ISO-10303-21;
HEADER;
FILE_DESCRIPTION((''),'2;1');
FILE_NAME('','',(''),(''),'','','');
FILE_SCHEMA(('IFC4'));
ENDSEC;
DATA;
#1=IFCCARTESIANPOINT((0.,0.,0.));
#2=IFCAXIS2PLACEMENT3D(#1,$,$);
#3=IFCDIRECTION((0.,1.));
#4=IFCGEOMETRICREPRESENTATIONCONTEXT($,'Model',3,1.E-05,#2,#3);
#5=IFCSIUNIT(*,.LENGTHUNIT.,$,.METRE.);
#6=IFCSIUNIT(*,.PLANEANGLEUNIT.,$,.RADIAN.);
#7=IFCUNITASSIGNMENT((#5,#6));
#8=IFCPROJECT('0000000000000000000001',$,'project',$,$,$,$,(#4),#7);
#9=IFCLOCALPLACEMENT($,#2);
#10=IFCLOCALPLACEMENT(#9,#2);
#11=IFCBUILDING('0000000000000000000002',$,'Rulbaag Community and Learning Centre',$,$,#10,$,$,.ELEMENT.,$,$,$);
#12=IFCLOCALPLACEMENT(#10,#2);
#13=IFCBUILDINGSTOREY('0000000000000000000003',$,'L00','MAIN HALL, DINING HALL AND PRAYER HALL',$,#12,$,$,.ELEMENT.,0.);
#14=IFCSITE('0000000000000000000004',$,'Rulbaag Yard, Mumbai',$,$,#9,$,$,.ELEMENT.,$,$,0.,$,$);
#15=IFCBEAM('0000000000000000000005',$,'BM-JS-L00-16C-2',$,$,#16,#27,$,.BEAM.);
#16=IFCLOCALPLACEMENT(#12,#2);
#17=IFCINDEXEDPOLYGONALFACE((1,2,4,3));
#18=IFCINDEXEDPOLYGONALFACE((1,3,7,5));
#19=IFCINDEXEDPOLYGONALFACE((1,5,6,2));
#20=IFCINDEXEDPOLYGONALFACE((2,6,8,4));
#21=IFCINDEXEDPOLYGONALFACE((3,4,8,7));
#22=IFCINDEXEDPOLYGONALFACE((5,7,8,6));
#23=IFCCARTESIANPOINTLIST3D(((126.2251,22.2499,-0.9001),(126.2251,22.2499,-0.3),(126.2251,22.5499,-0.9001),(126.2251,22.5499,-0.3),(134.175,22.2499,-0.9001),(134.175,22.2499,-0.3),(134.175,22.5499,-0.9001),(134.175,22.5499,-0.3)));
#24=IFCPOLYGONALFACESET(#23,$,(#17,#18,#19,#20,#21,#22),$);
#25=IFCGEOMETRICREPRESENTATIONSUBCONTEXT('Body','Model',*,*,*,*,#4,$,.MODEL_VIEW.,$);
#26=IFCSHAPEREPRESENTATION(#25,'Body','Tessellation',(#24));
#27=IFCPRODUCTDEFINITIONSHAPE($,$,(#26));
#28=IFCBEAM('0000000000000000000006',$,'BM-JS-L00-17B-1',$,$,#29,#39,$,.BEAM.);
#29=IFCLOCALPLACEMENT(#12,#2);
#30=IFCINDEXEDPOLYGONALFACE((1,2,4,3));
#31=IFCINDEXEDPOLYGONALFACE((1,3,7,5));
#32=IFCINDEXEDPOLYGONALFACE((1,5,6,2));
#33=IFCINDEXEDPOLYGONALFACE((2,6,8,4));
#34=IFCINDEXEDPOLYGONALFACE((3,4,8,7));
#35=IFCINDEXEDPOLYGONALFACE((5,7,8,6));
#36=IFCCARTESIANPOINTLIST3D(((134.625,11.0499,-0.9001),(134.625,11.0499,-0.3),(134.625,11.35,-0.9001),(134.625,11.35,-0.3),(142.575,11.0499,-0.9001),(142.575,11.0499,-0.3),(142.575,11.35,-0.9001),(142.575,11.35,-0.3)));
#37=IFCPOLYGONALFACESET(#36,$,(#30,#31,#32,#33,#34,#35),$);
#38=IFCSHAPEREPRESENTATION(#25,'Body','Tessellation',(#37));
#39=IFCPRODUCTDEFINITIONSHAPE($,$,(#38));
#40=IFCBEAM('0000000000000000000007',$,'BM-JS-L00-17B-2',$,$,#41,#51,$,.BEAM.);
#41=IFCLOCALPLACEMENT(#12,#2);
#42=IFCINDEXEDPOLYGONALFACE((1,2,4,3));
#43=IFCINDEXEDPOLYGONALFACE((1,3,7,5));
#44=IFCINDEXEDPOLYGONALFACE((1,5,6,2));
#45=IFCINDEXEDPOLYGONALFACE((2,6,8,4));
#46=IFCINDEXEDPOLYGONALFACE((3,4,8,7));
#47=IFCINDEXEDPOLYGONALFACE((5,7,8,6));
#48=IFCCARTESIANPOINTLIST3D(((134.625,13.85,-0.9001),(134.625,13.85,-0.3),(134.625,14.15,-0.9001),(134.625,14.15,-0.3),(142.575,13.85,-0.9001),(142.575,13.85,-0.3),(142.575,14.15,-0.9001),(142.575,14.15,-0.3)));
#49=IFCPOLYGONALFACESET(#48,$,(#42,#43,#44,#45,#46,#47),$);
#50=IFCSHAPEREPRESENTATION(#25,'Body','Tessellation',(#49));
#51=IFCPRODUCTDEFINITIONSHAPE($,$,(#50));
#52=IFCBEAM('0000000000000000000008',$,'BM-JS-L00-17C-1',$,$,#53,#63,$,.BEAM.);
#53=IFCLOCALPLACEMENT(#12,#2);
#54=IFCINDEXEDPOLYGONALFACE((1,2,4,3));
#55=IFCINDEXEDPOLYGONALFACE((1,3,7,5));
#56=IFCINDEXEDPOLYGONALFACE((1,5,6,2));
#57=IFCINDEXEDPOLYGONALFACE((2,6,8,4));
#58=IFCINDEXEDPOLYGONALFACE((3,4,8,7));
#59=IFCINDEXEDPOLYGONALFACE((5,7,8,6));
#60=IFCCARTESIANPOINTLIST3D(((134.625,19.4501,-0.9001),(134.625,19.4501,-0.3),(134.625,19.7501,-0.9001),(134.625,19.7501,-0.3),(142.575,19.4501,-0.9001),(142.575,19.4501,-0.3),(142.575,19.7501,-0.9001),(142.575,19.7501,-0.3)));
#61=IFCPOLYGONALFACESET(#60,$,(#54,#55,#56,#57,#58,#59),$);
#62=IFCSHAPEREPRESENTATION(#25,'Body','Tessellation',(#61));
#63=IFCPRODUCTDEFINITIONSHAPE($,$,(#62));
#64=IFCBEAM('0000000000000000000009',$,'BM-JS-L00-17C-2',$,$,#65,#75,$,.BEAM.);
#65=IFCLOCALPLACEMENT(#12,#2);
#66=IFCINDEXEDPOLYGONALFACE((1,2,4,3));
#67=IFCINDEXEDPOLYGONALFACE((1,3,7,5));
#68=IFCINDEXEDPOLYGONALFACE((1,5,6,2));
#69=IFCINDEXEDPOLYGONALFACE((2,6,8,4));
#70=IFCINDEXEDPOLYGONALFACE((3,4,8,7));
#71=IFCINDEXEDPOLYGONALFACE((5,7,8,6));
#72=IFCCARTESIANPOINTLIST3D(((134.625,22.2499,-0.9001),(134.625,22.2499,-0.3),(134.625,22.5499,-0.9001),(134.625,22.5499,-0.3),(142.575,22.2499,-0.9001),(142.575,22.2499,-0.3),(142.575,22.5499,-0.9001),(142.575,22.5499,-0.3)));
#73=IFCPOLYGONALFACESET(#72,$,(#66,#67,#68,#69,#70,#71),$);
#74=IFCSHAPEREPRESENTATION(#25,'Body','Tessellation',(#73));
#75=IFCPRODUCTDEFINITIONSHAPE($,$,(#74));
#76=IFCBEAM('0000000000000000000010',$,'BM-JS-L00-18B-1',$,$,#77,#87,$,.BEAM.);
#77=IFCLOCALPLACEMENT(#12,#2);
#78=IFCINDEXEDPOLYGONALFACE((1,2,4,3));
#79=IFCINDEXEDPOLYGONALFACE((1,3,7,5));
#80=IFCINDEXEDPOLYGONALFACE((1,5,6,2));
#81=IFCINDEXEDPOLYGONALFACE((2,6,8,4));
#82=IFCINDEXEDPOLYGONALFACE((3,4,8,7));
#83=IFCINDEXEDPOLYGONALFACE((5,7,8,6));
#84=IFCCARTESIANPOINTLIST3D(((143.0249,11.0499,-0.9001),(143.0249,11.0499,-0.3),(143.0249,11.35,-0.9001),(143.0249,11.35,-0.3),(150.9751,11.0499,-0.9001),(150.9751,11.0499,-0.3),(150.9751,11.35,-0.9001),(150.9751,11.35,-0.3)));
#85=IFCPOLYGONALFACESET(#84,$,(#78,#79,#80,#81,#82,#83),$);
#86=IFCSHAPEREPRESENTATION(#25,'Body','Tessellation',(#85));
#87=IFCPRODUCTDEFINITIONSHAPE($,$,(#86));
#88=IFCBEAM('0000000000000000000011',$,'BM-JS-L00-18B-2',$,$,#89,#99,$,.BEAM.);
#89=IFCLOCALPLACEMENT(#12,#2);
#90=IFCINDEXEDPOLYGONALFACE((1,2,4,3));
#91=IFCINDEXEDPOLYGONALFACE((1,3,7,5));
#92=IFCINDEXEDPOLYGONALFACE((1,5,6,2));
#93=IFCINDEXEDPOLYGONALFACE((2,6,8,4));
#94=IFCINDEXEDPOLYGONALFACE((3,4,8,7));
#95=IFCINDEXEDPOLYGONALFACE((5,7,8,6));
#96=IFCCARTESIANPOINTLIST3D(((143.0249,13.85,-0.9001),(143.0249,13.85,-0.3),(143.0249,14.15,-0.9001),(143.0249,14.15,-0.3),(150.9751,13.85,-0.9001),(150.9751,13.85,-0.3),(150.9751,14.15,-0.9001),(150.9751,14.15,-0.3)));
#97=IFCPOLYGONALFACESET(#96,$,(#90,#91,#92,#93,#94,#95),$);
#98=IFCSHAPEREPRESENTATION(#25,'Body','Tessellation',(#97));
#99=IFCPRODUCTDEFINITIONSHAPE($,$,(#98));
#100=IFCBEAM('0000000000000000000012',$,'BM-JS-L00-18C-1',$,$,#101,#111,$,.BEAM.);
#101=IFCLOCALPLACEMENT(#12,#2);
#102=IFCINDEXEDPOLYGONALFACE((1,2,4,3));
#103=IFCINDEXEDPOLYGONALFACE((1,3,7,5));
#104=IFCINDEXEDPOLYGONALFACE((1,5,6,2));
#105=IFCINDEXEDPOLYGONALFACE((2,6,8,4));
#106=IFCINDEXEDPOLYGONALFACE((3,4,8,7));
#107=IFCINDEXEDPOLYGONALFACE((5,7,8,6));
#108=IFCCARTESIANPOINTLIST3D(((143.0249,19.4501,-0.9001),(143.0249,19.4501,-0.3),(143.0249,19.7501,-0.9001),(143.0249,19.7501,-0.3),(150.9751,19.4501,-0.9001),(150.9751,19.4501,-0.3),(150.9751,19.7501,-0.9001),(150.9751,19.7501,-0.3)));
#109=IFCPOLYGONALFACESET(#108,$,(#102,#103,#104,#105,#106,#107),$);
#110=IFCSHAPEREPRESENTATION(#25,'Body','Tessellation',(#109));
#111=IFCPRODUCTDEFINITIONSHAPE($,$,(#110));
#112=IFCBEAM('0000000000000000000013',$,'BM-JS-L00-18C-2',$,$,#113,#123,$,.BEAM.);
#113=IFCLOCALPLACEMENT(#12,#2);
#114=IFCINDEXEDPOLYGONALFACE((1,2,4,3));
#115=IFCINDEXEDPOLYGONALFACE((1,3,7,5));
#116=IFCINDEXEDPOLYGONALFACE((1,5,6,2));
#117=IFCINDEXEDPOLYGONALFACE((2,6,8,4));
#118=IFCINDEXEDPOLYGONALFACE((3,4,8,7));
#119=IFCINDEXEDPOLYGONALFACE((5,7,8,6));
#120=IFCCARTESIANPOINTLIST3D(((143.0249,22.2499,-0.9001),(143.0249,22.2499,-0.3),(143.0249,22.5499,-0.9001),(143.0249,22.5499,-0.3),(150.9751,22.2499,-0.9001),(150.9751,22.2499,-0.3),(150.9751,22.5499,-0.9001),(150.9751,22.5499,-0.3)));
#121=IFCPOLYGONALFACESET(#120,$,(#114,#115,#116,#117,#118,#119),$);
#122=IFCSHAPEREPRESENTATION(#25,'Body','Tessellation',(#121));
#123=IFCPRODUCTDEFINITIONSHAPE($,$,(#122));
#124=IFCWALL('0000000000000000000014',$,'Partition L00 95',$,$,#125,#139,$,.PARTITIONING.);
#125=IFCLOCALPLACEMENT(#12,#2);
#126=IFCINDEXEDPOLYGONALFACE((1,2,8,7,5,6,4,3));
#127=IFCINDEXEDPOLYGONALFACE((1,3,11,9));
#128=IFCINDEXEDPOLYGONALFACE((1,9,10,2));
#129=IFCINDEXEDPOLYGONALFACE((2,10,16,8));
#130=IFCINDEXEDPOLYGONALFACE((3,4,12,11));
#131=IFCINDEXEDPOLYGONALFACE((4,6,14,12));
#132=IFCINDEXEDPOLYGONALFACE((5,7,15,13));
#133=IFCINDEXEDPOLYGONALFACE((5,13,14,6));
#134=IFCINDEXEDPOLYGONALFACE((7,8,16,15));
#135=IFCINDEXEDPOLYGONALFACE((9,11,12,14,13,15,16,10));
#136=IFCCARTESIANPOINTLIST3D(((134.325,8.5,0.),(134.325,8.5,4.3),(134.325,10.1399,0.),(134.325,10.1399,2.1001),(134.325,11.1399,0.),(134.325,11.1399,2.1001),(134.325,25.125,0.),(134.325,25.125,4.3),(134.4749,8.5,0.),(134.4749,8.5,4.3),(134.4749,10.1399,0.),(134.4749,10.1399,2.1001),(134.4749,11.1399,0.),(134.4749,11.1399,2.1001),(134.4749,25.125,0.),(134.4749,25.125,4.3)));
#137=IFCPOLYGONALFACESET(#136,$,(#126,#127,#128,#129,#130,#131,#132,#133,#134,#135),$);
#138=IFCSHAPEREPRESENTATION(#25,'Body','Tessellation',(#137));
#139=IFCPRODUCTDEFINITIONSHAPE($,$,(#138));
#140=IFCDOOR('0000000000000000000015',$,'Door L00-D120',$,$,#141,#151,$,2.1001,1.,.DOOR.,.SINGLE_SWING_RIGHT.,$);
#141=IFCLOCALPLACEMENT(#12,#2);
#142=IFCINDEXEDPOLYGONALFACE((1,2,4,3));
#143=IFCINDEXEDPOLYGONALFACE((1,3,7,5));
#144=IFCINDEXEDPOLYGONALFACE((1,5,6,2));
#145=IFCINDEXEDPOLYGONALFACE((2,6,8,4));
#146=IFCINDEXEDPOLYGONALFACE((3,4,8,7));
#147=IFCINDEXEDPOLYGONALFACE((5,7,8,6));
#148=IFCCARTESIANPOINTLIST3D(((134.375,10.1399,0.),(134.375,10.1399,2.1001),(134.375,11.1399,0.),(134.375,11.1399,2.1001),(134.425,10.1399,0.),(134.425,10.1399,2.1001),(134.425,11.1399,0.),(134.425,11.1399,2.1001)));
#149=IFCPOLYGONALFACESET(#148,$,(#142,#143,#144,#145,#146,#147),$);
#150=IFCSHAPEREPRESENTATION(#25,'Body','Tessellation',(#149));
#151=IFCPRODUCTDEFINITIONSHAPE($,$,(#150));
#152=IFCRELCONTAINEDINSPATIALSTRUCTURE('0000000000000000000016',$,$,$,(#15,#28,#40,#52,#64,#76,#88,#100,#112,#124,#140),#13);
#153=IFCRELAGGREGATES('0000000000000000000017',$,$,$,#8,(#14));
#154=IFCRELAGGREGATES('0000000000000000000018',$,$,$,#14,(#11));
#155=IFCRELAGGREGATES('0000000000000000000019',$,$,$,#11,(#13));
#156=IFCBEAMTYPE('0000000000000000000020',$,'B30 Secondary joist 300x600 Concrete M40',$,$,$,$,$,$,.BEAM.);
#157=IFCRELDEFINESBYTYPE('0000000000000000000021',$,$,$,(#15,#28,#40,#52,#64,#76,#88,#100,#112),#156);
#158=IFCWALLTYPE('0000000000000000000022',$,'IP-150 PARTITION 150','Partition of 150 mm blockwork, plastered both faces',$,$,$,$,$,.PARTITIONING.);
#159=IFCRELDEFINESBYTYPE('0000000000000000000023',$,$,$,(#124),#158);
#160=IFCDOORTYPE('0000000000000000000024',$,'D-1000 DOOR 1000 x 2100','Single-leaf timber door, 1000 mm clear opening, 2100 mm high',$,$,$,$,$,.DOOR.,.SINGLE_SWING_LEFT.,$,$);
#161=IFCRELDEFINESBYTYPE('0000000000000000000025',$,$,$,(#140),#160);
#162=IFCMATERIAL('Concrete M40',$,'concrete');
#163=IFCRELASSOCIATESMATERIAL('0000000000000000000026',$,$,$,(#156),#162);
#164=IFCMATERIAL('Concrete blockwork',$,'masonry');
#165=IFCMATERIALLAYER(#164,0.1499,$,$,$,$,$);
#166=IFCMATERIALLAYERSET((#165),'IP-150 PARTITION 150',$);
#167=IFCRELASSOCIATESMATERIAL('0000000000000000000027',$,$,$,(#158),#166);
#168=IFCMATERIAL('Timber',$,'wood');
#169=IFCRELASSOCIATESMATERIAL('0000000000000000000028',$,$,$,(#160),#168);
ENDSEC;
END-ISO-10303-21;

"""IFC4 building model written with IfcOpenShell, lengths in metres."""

from ifc_helpers import new_model, si_unit, direction, frame, frame_2d, origin, origin_2d, place, context, subcontext, project, spatial, rectangle, extrude, material, layer, layer_set, material_profile, profile_set, type_object, element, fill, save


model = new_model("IFC4")

# Units and contexts
model_context = context("Model", 3, precision=1e-05, world=origin(), true_north=direction((0.0, 1.0)))
body_context = subcontext(model_context, "Body", "Model", "MODEL_VIEW")
ifc_project = project(units=[si_unit("LENGTHUNIT", "METRE"), si_unit("PLANEANGLEUNIT", "RADIAN")], contexts=[model_context])

# Site, building, storey
site_placement = place(None, origin())
site = spatial("IfcSite", under=ifc_project, at=site_placement, Name="Rulbaag Yard, Mumbai", CompositionType="ELEMENT", RefElevation=0.0)
building_placement = place(site_placement, origin())
building = spatial("IfcBuilding", under=site, at=building_placement, Name="Rulbaag Community and Learning Centre", CompositionType="ELEMENT")
storey_placement = place(building_placement, origin())
storey = spatial("IfcBuildingStorey", under=building, at=storey_placement, Name="L00", Description="MAIN HALL, DINING HALL AND PRAYER HALL", CompositionType="ELEMENT", Elevation=0.0)

# Shared definitions
ifc_material_1 = material(Name="Concrete M40", Category="concrete")

# Beams
ifc_material_profile_1 = material_profile(ifc_material_1, rectangle(XDim=0.3, YDim=0.6001, at=origin_2d()), Name="RB300x600")
ifc_profile_set_1 = profile_set([ifc_material_profile_1], Name="Concrete M40")
beam_type_1 = type_object("IfcBeamType", Name="B30 Secondary joist 300x600 Concrete M40", PredefinedType="BEAM", material=ifc_profile_set_1)
for number, where, z_axis, x_axis, name in (
    (1, (126.2251, 22.3999, -0.6001), (1.0, 0.0, 0.0), (0.0, 1.0, 0.0), "BM-JS-L00-16C-2"),
    (2, (134.625, 11.2, -0.6001), (1.0, 0.0, 0.0), (0.0, 1.0, 0.0), "BM-JS-L00-17B-1"),
    (3, (134.625, 14.0, -0.6001), (1.0, 0.0, 0.0), (0.0, 1.0, 0.0), "BM-JS-L00-17B-2"),
    (4, (134.625, 19.6001, -0.6001), (1.0, 0.0, 0.0), (0.0, 1.0, 0.0), "BM-JS-L00-17C-1"),
    (5, (134.625, 22.3999, -0.6001), (1.0, 0.0, 0.0), (0.0, 1.0, 0.0), "BM-JS-L00-17C-2"),
):
    element("IfcBeam", number, at=place(storey_placement, frame(where, z_axis=z_axis, x_axis=x_axis)), inside=storey, type_object=beam_type_1, Name=name, PredefinedType="BEAM", context=body_context, shape_type="SweptSolid", body=[
        extrude(rectangle(XDim=0.3, YDim=0.6001, at=origin_2d()), origin(), (0.0, 0.0, 1.0), 7.95),
    ])
for number, where, z_axis, x_axis, name in (
    (6, (143.0249, 11.2, -0.6001), (1.0, 0.0, 0.0), (0.0, 1.0, 0.0), "BM-JS-L00-18B-1"),
    (7, (143.0249, 14.0, -0.6001), (1.0, 0.0, 0.0), (0.0, 1.0, 0.0), "BM-JS-L00-18B-2"),
    (8, (143.0249, 19.6001, -0.6001), (1.0, 0.0, 0.0), (0.0, 1.0, 0.0), "BM-JS-L00-18C-1"),
    (9, (143.0249, 22.3999, -0.6001), (1.0, 0.0, 0.0), (0.0, 1.0, 0.0), "BM-JS-L00-18C-2"),
):
    element("IfcBeam", number, at=place(storey_placement, frame(where, z_axis=z_axis, x_axis=x_axis)), inside=storey, type_object=beam_type_1, Name=name, PredefinedType="BEAM", context=body_context, shape_type="SweptSolid", body=[
        extrude(rectangle(XDim=0.3, YDim=0.6001, at=origin_2d()), origin(), (0.0, 0.0, 1.0), 7.9502),
    ])

# Wall, opening, door
ifc_material_2 = material(Name="Concrete blockwork", Category="masonry")
ifc_layer = layer(ifc_material_2, 0.1499)
ifc_layer_set = layer_set([ifc_layer], Name="IP-150 PARTITION 150")
wall_type = type_object("IfcWallType", Name="IP-150 PARTITION 150", Description="Partition of 150 mm blockwork, plastered both faces", PredefinedType="PARTITIONING", material=ifc_layer_set)
wall_placement = place(storey_placement, frame((134.3999, 8.5, 0.0), z_axis=(0.0, 0.0, 1.0), x_axis=(0.0, 1.0, 0.0)))
wall = element("IfcWall", 10, at=wall_placement, inside=storey, type_object=wall_type, Name="Partition L00 95", PredefinedType="PARTITIONING", context=body_context, shape_type="SweptSolid", body=[
    extrude(rectangle(XDim=16.625, YDim=0.1499, at=frame_2d((8.3125, 0.0))), origin(), (0.0, 0.0, 1.0), 4.3),
])
opening_placement = place(wall_placement, frame((1.6399, 0.0, 0.0)))
opening = element("IfcOpeningElement", 11, at=opening_placement, cuts=wall, PredefinedType="OPENING", context=body_context, shape_type="SweptSolid", body=[
    extrude(rectangle(XDim=1.0, YDim=2.1001, at=frame_2d((0.5, 1.05))), frame((0.0, 0.085, 0.0), z_axis=(0.0, -1.0, 0.0), x_axis=(1.0, 0.0, 0.0)), (0.0, 0.0, 1.0), 0.1699),
])
ifc_material_3 = material(Name="Timber", Category="wood")
door_type = type_object("IfcDoorType", Name="D-1000 DOOR 1000 x 2100", Description="Single-leaf timber door, 1000 mm clear opening, 2100 mm high", OperationType="SINGLE_SWING_LEFT", PredefinedType="DOOR", material=ifc_material_3)
door_placement = place(opening_placement, origin())
door = element("IfcDoor", 12, at=door_placement, inside=storey, type_object=door_type, Name="Door L00-D120", OperationType="SINGLE_SWING_RIGHT", OverallHeight=2.1001, OverallWidth=1.0, PredefinedType="DOOR", context=body_context, shape_type="SweptSolid", body=[
    extrude(rectangle(XDim=1.0, YDim=2.1001, at=frame_2d((0.5, 1.05))), frame((0.0, 0.0249, 0.0), z_axis=(0.0, -1.0, 0.0), x_axis=(1.0, 0.0, 0.0)), (0.0, 0.0, 1.0), 0.05),
])
fill(opening, door)

save(model, "model.ifc")
